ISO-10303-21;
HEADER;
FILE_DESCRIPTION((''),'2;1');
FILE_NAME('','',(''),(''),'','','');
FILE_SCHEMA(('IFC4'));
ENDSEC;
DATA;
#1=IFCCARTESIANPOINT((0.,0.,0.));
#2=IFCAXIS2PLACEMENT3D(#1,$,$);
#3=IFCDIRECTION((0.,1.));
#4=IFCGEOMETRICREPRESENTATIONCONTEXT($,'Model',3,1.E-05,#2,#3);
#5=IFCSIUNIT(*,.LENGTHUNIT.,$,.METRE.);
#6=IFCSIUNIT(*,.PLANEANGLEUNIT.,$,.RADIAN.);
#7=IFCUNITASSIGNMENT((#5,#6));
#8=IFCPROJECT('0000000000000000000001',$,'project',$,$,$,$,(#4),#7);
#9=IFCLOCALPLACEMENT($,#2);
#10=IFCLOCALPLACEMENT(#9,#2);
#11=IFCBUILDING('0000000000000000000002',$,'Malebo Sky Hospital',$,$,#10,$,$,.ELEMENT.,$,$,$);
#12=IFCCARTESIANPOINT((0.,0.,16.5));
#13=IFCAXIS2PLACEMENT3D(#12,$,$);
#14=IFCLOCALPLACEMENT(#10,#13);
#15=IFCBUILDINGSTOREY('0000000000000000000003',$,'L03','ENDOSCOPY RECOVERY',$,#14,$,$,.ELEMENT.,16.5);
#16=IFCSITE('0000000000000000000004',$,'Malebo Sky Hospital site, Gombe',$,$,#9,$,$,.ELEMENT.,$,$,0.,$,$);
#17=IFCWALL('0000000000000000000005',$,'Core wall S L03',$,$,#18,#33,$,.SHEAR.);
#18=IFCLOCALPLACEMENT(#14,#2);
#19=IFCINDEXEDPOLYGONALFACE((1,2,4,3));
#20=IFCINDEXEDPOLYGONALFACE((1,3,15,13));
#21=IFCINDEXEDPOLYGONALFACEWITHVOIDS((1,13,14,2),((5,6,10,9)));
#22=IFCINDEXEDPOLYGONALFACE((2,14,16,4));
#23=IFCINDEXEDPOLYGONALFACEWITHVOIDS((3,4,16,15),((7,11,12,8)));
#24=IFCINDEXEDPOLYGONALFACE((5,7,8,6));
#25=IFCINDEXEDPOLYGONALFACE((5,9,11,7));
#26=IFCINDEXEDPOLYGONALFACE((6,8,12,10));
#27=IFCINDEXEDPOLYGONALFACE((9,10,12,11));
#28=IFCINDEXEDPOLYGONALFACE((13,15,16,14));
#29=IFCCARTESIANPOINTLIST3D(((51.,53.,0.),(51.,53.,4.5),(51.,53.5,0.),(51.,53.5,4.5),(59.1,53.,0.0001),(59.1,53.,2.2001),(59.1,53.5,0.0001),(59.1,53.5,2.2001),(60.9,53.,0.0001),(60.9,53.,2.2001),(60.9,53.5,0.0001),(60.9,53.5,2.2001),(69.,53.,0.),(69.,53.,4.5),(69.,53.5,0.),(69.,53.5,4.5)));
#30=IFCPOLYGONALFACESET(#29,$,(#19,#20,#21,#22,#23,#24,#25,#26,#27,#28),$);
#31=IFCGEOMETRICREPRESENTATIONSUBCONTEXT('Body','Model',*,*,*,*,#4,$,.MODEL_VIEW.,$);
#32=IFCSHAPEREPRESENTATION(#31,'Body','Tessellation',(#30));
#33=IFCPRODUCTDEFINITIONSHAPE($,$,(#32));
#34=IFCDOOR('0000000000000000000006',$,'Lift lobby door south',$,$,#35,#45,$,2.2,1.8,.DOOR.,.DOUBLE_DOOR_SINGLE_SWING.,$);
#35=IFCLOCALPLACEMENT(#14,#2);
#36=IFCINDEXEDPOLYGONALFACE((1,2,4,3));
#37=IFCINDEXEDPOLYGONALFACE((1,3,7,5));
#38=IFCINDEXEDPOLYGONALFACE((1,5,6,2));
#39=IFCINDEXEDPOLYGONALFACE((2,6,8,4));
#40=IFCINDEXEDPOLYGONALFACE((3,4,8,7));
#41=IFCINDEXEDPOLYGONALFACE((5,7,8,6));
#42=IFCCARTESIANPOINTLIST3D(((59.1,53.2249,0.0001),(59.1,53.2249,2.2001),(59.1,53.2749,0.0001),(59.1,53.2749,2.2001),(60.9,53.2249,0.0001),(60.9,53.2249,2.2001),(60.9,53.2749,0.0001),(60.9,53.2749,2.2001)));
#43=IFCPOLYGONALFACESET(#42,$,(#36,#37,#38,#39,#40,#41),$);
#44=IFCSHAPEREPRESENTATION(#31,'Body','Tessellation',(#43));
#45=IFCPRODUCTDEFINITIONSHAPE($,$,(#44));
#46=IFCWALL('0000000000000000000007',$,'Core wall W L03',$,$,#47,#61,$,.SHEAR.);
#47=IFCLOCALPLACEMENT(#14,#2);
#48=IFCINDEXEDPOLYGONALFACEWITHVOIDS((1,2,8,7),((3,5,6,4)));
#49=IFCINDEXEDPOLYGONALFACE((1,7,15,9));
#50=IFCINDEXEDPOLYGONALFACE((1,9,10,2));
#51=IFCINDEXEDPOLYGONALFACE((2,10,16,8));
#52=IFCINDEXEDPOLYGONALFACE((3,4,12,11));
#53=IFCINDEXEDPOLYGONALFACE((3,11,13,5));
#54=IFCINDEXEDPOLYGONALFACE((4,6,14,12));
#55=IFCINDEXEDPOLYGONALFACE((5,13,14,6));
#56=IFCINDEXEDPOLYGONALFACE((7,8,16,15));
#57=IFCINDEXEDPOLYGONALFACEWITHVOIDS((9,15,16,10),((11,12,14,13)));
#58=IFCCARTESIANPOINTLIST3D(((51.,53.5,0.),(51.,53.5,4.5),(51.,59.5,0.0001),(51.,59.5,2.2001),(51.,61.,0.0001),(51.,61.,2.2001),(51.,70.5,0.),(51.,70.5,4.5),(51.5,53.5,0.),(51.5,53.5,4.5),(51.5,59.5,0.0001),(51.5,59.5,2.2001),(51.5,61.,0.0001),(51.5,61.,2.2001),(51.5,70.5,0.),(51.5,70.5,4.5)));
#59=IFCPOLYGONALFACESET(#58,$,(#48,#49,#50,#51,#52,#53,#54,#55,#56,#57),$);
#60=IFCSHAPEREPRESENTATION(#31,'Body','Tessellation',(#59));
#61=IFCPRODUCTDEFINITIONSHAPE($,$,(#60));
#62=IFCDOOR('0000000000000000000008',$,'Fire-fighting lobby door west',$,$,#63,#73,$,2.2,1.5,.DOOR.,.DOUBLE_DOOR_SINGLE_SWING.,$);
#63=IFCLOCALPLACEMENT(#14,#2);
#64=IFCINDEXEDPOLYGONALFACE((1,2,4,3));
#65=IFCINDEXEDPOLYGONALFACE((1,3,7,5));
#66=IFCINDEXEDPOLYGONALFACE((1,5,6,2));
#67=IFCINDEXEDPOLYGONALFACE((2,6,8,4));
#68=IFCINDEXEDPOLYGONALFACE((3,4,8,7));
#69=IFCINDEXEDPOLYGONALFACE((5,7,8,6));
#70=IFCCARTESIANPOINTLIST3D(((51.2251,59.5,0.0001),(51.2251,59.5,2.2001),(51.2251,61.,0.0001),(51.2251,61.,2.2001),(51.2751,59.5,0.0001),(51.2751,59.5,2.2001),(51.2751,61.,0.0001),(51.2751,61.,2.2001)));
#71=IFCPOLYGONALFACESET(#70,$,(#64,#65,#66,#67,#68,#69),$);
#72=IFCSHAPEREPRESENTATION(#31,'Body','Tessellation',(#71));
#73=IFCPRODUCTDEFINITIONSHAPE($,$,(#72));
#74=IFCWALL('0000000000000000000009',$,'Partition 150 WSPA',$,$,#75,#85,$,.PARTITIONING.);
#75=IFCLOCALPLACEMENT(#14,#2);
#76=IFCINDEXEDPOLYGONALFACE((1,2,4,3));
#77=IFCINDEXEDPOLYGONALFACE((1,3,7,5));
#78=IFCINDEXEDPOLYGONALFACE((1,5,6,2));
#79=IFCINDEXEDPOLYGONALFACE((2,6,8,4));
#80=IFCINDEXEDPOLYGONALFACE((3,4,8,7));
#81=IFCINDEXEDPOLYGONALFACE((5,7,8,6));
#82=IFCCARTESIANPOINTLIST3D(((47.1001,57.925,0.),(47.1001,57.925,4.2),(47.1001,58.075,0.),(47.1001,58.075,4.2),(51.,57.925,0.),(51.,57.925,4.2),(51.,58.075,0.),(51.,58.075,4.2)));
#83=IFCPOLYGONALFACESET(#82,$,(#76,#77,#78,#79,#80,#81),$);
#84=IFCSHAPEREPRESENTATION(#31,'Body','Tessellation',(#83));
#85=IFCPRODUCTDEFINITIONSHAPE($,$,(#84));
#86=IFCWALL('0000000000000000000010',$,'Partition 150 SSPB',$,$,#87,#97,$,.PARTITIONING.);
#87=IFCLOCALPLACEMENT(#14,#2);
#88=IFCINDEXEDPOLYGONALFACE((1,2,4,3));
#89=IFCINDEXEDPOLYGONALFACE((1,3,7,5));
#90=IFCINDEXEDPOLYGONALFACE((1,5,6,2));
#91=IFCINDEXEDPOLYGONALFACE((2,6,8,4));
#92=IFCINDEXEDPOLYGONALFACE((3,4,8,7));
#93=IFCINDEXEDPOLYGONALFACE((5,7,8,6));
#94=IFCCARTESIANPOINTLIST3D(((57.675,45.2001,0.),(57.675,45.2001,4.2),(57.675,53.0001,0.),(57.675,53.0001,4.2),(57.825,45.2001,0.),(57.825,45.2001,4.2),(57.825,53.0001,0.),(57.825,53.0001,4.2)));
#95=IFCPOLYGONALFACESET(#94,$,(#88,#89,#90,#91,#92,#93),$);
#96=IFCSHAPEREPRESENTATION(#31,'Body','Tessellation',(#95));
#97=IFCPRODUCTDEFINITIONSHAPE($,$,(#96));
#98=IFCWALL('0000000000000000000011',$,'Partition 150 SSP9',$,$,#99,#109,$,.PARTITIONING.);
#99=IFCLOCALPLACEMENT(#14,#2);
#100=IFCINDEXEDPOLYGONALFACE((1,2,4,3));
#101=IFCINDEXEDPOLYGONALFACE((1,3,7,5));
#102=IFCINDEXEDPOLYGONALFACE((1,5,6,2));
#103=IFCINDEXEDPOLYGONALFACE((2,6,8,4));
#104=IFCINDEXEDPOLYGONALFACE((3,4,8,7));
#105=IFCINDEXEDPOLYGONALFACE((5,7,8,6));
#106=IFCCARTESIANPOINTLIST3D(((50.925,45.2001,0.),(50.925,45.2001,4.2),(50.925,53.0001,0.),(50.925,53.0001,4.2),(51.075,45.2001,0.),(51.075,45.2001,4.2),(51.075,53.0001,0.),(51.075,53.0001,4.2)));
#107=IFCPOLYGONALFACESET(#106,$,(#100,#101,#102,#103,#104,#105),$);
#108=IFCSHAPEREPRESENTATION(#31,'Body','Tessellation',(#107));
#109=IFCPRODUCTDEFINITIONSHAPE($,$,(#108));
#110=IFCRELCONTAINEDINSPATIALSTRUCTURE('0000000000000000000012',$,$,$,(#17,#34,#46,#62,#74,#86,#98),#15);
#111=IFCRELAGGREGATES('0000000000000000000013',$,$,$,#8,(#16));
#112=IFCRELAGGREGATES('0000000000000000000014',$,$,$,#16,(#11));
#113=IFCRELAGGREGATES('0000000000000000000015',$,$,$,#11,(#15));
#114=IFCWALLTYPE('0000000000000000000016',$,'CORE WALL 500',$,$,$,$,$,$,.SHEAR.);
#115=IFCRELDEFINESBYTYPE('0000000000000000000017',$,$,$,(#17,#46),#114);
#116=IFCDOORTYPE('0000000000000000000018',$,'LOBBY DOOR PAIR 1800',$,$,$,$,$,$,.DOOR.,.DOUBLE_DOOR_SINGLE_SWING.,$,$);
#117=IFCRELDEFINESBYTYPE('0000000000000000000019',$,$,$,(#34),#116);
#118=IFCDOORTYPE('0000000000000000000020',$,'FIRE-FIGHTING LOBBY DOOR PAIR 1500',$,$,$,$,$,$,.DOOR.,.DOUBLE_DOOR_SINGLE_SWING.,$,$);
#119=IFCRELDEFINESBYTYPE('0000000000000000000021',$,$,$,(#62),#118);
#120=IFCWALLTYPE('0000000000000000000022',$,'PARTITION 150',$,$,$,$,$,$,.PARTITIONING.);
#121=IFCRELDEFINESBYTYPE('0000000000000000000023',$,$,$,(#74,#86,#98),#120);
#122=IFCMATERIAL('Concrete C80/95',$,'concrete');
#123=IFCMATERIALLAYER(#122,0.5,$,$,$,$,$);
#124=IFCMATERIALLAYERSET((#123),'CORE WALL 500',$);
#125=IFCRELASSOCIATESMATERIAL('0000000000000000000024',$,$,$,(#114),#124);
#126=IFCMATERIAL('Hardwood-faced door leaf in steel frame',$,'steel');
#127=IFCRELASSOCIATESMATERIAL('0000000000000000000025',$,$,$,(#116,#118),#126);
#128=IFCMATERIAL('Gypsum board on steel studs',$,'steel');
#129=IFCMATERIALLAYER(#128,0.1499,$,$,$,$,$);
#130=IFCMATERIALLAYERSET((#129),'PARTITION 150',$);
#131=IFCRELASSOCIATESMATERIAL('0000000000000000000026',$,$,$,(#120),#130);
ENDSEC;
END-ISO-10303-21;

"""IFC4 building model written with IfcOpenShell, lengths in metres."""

from ifc_helpers import new_model, si_unit, direction, frame, frame_2d, origin, place, context, subcontext, project, spatial, rectangle, extrude, material, layer, layer_set, type_object, element, fill, save


model = new_model("IFC4")

# Units and contexts
model_context = context("Model", 3, precision=1e-05, world=origin(), true_north=direction((0.0, 1.0)))
body_context = subcontext(model_context, "Body", "Model", "MODEL_VIEW")
ifc_project = project(units=[si_unit("LENGTHUNIT", "METRE"), si_unit("PLANEANGLEUNIT", "RADIAN")], contexts=[model_context])

# Site, building, storey
site_placement = place(None, origin())
site = spatial("IfcSite", under=ifc_project, at=site_placement, Name="Malebo Sky Hospital site, Gombe", CompositionType="ELEMENT", RefElevation=0.0)
building_placement = place(site_placement, origin())
building = spatial("IfcBuilding", under=site, at=building_placement, Name="Malebo Sky Hospital", CompositionType="ELEMENT")
storey_placement = place(building_placement, frame((0.0, 0.0, 16.5)))
storey = spatial("IfcBuildingStorey", under=building, at=storey_placement, Name="L03", Description="ENDOSCOPY RECOVERY", CompositionType="ELEMENT", Elevation=16.5)

# Shared definitions
ifc_material_1 = material(Name="Concrete C80/95", Category="concrete")

# Walls, openings, doors
ifc_layer_1 = layer(ifc_material_1, 0.5)
ifc_layer_set_1 = layer_set([ifc_layer_1], Name="CORE WALL 500")
wall_type_1 = type_object("IfcWallType", Name="CORE WALL 500", PredefinedType="SHEAR", material=ifc_layer_set_1)
wall_1_placement = place(storey_placement, frame((51.0, 53.25, 0.0), z_axis=(0.0, 0.0, 1.0), x_axis=(1.0, 0.0, 0.0)))
wall_1 = element("IfcWall", 1, at=wall_1_placement, inside=storey, type_object=wall_type_1, Name="Core wall S L03", PredefinedType="SHEAR", context=body_context, shape_type="SweptSolid", body=[
    extrude(rectangle(XDim=18.0, YDim=0.5, at=frame_2d((9.0, 0.0))), origin(), (0.0, 0.0, 1.0), 4.5),
])
opening_1_placement = place(wall_1_placement, frame((8.1001, 0.0, 0.0)))
opening_1 = element("IfcOpeningElement", 2, at=opening_1_placement, cuts=wall_1, PredefinedType="OPENING", context=body_context, shape_type="SweptSolid", body=[
    extrude(rectangle(XDim=1.8, YDim=2.2, at=frame_2d((0.8999, 1.1001))), frame((0.0, 0.26, 0.0), z_axis=(0.0, -1.0, 0.0), x_axis=(1.0, 0.0, 0.0)), (0.0, 0.0, 1.0), 0.52),
])
ifc_material_2 = material(Name="Hardwood-faced door leaf in steel frame", Category="steel")
door_type_1 = type_object("IfcDoorType", Name="LOBBY DOOR PAIR 1800", OperationType="DOUBLE_DOOR_SINGLE_SWING", PredefinedType="DOOR", material=ifc_material_2)
door_1_placement = place(opening_1_placement, origin())
door_1 = element("IfcDoor", 3, at=door_1_placement, inside=storey, type_object=door_type_1, Name="Lift lobby door south", OperationType="DOUBLE_DOOR_SINGLE_SWING", OverallHeight=2.2, OverallWidth=1.8, PredefinedType="DOOR", context=body_context, shape_type="SweptSolid", body=[
    extrude(rectangle(XDim=1.8, YDim=2.2, at=frame_2d((0.8999, 1.1001))), frame((0.0, 0.0249, 0.0), z_axis=(0.0, -1.0, 0.0), x_axis=(1.0, 0.0, 0.0)), (0.0, 0.0, 1.0), 0.05),
])
fill(opening_1, door_1)
wall_2_placement = place(storey_placement, frame((51.25, 53.5, 0.0), z_axis=(0.0, 0.0, 1.0), x_axis=(0.0, 1.0, 0.0)))
wall_2 = element("IfcWall", 4, at=wall_2_placement, inside=storey, type_object=wall_type_1, Name="Core wall W L03", PredefinedType="SHEAR", context=body_context, shape_type="SweptSolid", body=[
    extrude(rectangle(XDim=17.0, YDim=0.5, at=frame_2d((8.5, 0.0))), origin(), (0.0, 0.0, 1.0), 4.5),
])
opening_2_placement = place(wall_2_placement, frame((6.0, 0.0, 0.0)))
opening_2 = element("IfcOpeningElement", 5, at=opening_2_placement, cuts=wall_2, PredefinedType="OPENING", context=body_context, shape_type="SweptSolid", body=[
    extrude(rectangle(XDim=1.5, YDim=2.2, at=frame_2d((0.75, 1.1001))), frame((0.0, 0.26, 0.0), z_axis=(0.0, -1.0, 0.0), x_axis=(1.0, 0.0, 0.0)), (0.0, 0.0, 1.0), 0.52),
])
door_type_2 = type_object("IfcDoorType", Name="FIRE-FIGHTING LOBBY DOOR PAIR 1500", OperationType="DOUBLE_DOOR_SINGLE_SWING", PredefinedType="DOOR", material=ifc_material_2)
door_2_placement = place(opening_2_placement, origin())
door_2 = element("IfcDoor", 6, at=door_2_placement, inside=storey, type_object=door_type_2, Name="Fire-fighting lobby door west", OperationType="DOUBLE_DOOR_SINGLE_SWING", OverallHeight=2.2, OverallWidth=1.5, PredefinedType="DOOR", context=body_context, shape_type="SweptSolid", body=[
    extrude(rectangle(XDim=1.5, YDim=2.2, at=frame_2d((0.75, 1.1001))), frame((0.0, 0.0249, 0.0), z_axis=(0.0, -1.0, 0.0), x_axis=(1.0, 0.0, 0.0)), (0.0, 0.0, 1.0), 0.05),
])
fill(opening_2, door_2)

# Walls
ifc_material_3 = material(Name="Gypsum board on steel studs", Category="steel")
ifc_layer_2 = layer(ifc_material_3, 0.1499)
ifc_layer_set_2 = layer_set([ifc_layer_2], Name="PARTITION 150")
wall_type_2 = type_object("IfcWallType", Name="PARTITION 150", PredefinedType="PARTITIONING", material=ifc_layer_set_2)
wall_3_placement = place(storey_placement, frame((51.0, 58.0, 0.0), z_axis=(0.0, 0.0, 1.0), x_axis=(-1.0, 0.0, 0.0)))
element("IfcWall", 7, at=wall_3_placement, inside=storey, type_object=wall_type_2, Name="Partition 150 WSPA", PredefinedType="PARTITIONING", context=body_context, shape_type="SweptSolid", body=[
    extrude(rectangle(XDim=3.8999, YDim=0.1499, at=frame_2d((1.95, 0.0))), origin(), (0.0, 0.0, 1.0), 4.2),
])
for number, where, z_axis, x_axis, name in (
    (8, (57.75, 53.0, 0.0), (0.0, 0.0, 1.0), (0.0, -1.0, 0.0), "Partition 150 SSPB"),
    (9, (51.0, 53.0, 0.0), (0.0, 0.0, 1.0), (0.0, -1.0, 0.0), "Partition 150 SSP9"),
):
    element("IfcWall", number, at=place(storey_placement, frame(where, z_axis=z_axis, x_axis=x_axis)), inside=storey, type_object=wall_type_2, Name=name, PredefinedType="PARTITIONING", context=body_context, shape_type="SweptSolid", body=[
        extrude(rectangle(XDim=7.8, YDim=0.1499, at=frame_2d((3.8999, 0.0))), origin(), (0.0, 0.0, 1.0), 4.2),
    ])

save(model, "model.ifc")
